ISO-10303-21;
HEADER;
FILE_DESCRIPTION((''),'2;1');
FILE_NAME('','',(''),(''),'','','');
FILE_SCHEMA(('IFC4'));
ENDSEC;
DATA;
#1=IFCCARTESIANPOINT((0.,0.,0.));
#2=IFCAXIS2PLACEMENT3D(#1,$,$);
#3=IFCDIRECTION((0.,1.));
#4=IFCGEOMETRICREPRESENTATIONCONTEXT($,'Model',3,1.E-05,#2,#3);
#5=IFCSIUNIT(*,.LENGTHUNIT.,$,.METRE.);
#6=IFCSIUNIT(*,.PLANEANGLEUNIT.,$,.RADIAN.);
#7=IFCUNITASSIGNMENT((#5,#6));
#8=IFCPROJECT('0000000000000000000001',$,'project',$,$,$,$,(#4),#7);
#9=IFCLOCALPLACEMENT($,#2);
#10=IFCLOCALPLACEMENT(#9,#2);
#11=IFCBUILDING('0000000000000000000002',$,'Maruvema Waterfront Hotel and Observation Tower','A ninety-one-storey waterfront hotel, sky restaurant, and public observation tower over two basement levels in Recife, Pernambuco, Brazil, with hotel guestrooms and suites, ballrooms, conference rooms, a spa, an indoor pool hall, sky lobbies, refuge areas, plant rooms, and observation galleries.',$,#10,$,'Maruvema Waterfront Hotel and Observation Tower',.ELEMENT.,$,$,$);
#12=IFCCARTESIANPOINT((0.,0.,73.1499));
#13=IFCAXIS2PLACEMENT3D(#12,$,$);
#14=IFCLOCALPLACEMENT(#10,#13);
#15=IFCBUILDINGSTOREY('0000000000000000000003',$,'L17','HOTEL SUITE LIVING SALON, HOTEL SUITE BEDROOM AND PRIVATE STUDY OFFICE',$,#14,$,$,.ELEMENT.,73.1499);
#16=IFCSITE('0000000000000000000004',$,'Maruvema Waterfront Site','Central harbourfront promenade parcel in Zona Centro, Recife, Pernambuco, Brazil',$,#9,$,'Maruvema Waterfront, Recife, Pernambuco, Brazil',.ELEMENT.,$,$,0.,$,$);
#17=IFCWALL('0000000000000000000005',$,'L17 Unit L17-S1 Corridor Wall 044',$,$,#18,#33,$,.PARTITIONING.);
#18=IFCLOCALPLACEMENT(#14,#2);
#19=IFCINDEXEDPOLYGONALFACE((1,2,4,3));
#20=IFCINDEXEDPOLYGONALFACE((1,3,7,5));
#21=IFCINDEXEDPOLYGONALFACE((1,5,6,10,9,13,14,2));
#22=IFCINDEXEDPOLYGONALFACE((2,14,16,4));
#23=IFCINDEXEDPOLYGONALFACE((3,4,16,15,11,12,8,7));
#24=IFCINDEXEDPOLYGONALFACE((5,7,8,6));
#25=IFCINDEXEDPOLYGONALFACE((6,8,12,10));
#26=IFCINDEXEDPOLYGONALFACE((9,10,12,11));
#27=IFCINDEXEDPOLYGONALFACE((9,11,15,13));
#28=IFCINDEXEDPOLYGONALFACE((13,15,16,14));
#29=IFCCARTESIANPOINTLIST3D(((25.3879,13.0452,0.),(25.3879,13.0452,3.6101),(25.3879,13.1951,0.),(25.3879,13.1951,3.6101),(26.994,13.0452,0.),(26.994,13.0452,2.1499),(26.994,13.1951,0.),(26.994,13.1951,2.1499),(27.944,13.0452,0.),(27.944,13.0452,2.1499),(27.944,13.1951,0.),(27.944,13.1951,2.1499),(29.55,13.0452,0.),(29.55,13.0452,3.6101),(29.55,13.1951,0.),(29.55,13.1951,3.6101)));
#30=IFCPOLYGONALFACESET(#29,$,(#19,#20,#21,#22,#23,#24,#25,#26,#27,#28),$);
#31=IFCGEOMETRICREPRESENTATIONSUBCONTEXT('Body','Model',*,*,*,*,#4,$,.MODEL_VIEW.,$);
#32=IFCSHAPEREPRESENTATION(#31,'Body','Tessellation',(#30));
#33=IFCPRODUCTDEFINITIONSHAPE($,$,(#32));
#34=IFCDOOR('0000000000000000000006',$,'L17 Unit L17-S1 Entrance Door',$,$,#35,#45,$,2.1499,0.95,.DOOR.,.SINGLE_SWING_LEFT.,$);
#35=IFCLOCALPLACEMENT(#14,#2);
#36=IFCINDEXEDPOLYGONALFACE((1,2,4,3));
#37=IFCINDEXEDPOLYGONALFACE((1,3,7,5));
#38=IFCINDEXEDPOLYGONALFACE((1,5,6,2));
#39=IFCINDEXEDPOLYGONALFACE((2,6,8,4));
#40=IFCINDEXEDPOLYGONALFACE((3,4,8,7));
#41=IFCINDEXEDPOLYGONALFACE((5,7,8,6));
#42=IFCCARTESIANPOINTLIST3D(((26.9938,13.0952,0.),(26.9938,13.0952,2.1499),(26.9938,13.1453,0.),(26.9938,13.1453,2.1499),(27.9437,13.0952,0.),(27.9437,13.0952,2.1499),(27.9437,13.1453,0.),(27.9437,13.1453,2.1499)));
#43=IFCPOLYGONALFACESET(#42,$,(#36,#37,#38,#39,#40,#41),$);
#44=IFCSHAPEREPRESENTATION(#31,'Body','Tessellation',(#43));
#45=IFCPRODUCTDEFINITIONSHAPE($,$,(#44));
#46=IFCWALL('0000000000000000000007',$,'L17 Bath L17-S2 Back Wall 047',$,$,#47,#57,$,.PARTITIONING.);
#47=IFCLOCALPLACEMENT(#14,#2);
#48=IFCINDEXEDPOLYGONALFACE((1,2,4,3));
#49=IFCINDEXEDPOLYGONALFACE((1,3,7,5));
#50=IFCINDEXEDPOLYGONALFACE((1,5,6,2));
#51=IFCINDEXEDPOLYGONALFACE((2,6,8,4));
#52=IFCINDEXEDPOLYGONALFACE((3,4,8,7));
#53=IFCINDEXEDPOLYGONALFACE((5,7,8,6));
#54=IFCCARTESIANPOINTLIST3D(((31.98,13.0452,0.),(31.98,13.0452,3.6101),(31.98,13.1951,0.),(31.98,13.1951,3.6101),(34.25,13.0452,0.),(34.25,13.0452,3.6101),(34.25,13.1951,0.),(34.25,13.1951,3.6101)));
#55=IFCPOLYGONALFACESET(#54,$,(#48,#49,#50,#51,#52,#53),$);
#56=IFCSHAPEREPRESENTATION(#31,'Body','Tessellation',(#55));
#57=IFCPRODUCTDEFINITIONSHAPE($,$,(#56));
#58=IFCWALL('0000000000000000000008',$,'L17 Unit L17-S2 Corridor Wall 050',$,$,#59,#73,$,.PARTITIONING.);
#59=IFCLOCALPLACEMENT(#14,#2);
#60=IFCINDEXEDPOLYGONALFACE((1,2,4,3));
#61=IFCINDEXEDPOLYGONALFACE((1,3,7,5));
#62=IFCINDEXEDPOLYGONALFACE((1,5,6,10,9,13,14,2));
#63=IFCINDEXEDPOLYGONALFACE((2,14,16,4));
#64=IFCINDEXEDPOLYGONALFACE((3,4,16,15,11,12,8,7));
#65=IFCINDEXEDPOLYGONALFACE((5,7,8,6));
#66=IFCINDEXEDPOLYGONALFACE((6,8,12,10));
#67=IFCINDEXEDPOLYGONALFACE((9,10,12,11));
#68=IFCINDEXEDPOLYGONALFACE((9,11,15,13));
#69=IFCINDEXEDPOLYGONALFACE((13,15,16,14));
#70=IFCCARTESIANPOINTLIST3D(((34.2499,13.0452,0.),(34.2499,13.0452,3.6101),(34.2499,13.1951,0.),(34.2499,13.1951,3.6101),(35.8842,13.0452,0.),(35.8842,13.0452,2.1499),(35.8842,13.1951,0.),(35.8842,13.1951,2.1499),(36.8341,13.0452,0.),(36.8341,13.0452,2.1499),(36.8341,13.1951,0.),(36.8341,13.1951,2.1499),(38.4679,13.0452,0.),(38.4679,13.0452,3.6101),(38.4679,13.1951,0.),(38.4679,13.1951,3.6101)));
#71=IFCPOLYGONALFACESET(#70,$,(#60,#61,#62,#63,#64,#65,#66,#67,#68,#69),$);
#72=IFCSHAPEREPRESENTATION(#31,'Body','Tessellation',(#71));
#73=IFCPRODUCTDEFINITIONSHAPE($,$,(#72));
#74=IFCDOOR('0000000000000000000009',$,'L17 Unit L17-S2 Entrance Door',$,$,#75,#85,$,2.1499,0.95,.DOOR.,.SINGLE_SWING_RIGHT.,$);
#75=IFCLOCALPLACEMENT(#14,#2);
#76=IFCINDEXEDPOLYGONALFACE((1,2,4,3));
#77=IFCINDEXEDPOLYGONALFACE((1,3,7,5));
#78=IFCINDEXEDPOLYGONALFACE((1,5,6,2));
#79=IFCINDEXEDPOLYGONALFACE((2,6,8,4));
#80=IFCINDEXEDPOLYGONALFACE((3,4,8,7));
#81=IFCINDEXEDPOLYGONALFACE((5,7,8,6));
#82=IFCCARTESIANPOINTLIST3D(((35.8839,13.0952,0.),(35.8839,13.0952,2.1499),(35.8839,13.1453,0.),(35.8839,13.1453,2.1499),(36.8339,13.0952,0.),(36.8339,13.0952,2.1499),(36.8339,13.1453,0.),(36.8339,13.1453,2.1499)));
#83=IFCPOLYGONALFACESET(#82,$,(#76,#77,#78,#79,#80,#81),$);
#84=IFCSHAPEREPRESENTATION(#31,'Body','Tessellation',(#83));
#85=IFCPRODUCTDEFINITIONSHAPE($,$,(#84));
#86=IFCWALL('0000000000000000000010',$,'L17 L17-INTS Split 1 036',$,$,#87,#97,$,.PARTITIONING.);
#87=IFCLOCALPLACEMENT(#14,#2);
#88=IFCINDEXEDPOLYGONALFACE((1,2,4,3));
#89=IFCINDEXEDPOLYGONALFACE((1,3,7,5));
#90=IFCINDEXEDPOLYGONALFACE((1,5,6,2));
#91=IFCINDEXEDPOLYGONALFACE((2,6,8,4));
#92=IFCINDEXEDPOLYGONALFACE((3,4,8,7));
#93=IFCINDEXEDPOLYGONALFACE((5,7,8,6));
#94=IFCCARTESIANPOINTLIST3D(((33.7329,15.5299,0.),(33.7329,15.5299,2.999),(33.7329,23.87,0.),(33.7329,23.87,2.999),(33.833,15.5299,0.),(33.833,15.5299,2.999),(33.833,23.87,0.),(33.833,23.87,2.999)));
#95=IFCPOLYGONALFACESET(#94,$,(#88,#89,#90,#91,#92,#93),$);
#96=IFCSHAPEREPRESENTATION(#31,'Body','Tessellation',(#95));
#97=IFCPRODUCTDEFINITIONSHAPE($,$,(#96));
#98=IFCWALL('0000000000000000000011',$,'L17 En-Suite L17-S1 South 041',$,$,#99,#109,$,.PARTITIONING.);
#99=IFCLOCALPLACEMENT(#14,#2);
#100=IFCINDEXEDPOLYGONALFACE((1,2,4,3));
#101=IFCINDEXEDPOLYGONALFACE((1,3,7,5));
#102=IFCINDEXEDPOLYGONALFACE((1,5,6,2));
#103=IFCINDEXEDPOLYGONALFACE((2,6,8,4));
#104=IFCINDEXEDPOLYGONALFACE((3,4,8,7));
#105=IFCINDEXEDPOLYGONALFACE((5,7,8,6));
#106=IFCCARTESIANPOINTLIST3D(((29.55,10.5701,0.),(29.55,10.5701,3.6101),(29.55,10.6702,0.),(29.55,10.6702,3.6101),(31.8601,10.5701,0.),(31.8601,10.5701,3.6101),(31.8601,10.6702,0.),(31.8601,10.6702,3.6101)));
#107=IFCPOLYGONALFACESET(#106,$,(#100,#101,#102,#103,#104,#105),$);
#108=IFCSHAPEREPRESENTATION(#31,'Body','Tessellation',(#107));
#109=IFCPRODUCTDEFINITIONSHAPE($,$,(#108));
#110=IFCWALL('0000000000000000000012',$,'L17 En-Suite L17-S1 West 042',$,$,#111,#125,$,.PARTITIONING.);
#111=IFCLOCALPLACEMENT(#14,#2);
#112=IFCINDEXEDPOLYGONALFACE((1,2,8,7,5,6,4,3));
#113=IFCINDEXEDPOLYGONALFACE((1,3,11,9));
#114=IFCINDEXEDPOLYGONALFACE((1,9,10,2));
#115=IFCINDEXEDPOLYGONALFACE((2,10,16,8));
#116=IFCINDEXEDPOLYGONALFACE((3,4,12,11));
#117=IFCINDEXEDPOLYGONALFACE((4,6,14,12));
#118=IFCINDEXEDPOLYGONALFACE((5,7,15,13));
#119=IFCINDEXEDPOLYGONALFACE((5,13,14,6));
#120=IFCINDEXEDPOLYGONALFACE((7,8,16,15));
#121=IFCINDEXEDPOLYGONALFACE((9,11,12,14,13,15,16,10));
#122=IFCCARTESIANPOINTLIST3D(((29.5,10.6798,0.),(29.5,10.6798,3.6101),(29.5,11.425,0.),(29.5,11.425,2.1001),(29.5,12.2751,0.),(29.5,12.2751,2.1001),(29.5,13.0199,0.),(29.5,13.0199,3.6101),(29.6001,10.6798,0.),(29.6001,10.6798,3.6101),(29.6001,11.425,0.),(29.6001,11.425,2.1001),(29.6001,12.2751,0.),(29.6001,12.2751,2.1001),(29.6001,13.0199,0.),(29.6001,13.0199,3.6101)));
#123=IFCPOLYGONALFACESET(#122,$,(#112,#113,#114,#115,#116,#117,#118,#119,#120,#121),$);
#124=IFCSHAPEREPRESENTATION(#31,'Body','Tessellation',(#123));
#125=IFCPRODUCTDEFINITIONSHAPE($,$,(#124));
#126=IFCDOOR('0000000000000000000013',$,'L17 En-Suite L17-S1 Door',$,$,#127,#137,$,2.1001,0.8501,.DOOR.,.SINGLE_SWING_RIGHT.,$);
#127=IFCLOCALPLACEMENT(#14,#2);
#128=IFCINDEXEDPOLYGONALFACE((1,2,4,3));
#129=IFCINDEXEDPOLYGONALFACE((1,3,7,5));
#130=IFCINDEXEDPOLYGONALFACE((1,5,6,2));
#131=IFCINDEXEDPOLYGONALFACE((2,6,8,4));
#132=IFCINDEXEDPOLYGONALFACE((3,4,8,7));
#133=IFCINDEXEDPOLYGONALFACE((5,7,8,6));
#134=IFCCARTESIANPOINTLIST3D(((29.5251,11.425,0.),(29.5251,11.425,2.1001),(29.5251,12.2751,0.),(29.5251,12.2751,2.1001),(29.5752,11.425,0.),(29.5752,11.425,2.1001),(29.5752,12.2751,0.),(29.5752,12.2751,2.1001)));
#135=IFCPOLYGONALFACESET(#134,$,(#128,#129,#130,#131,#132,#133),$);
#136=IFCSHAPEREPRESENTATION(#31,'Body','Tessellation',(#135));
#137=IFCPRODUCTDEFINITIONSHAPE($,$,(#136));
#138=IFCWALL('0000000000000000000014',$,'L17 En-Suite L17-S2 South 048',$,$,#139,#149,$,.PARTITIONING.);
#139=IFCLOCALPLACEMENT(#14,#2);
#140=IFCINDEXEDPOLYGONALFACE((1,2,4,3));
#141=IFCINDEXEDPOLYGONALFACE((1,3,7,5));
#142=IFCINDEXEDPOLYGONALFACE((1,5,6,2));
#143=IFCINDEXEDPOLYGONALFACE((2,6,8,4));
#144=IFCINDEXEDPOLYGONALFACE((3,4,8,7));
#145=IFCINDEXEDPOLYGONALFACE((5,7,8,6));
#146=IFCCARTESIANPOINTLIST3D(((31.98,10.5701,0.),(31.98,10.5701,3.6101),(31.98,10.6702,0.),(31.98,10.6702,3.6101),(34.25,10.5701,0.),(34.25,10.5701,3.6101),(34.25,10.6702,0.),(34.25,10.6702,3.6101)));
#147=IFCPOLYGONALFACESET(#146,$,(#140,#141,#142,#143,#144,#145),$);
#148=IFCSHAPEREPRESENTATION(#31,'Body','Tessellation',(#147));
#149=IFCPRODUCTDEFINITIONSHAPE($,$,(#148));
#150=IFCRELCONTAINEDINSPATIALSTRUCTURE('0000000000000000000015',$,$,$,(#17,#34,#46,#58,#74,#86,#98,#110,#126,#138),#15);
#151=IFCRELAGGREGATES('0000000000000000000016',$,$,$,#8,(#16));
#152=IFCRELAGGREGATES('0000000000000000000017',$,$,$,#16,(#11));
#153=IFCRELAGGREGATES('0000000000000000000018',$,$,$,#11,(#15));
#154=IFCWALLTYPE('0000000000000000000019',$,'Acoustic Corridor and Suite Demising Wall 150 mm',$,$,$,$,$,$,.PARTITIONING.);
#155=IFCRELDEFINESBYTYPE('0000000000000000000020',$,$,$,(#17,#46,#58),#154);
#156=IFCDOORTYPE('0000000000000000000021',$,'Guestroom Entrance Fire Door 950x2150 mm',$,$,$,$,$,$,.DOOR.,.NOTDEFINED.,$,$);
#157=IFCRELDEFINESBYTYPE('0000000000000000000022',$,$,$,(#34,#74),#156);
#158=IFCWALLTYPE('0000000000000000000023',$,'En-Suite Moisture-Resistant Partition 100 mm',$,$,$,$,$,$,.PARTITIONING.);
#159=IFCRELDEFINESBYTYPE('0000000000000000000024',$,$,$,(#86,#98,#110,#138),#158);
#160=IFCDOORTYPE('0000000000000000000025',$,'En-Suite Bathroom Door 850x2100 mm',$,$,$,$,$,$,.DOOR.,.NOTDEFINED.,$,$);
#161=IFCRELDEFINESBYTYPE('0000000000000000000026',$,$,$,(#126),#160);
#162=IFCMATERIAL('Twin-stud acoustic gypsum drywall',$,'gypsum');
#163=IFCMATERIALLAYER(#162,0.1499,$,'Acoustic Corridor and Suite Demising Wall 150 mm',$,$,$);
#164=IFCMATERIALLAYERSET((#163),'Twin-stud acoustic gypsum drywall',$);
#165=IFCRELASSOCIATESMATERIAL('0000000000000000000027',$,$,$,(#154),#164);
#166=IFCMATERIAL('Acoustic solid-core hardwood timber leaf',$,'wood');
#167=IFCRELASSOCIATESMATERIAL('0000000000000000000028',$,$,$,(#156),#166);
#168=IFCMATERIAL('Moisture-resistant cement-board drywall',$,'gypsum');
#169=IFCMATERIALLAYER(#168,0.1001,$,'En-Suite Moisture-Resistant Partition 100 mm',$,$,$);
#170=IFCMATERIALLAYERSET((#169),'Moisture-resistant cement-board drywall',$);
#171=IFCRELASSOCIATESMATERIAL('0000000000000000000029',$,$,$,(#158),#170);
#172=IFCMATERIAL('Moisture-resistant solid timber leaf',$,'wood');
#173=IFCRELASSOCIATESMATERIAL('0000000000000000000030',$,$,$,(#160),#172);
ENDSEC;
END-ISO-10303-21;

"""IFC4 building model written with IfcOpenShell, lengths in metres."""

from ifc_helpers import new_model, si_unit, direction, frame, frame_2d, origin, place, context, subcontext, project, spatial, rectangle, extrude, material, layer, layer_set, type_object, element, fill, save


model = new_model("IFC4")

# Units and contexts
model_context = context("Model", 3, precision=1e-05, world=origin(), true_north=direction((0.0, 1.0)))
body_context = subcontext(model_context, "Body", "Model", "MODEL_VIEW")
ifc_project = project(units=[si_unit("LENGTHUNIT", "METRE"), si_unit("PLANEANGLEUNIT", "RADIAN")], contexts=[model_context])

# Site, building, storey
site_placement = place(None, origin())
site = spatial("IfcSite", under=ifc_project, at=site_placement, Name="Maruvema Waterfront Site", Description="Central harbourfront promenade parcel in Zona Centro, Recife, Pernambuco, Brazil", LongName="Maruvema Waterfront, Recife, Pernambuco, Brazil", CompositionType="ELEMENT", RefElevation=0.0)
building_placement = place(site_placement, origin())
building = spatial("IfcBuilding", under=site, at=building_placement, Name="Maruvema Waterfront Hotel and Observation Tower", Description="A ninety-one-storey waterfront hotel, sky restaurant, and public observation tower over two basement levels in Recife, Pernambuco, Brazil, with hotel guestrooms and suites, ballrooms, conference rooms, a spa, an indoor pool hall, sky lobbies, refuge areas, plant rooms, and observation galleries.", LongName="Maruvema Waterfront Hotel and Observation Tower", CompositionType="ELEMENT")
storey_placement = place(building_placement, frame((0.0, 0.0, 73.1499)))
storey = spatial("IfcBuildingStorey", under=building, at=storey_placement, Name="L17", Description="HOTEL SUITE LIVING SALON, HOTEL SUITE BEDROOM AND PRIVATE STUDY OFFICE", CompositionType="ELEMENT", Elevation=73.1499)

# Shared definitions
ifc_material_1 = material(Name="Twin-stud acoustic gypsum drywall", Category="gypsum")
ifc_layer_1 = layer(ifc_material_1, 0.1499, Name="Acoustic Corridor and Suite Demising Wall 150 mm")
ifc_layer_set_1 = layer_set([ifc_layer_1], Name="Twin-stud acoustic gypsum drywall")
wall_type_1 = type_object("IfcWallType", Name="Acoustic Corridor and Suite Demising Wall 150 mm", PredefinedType="PARTITIONING", material=ifc_layer_set_1)

# Wall, opening, door
wall_1_placement = place(storey_placement, frame((25.3879, 13.1201, 0.0), z_axis=(0.0, 0.0, 1.0), x_axis=(1.0, 0.0, 0.0)))
wall_1 = element("IfcWall", 1, at=wall_1_placement, inside=storey, type_object=wall_type_1, Name="L17 Unit L17-S1 Corridor Wall 044", PredefinedType="PARTITIONING", context=body_context, shape_type="SweptSolid", body=[
    extrude(rectangle(XDim=4.1621, YDim=0.1499, at=frame_2d((2.0811, 0.0))), origin(), (0.0, 0.0, 1.0), 3.6101),
])
opening_1_placement = place(wall_1_placement, frame((1.606, 0.0, 0.0)))
opening_1 = element("IfcOpeningElement", 2, at=opening_1_placement, cuts=wall_1, PredefinedType="OPENING", context=body_context, shape_type="SweptSolid", body=[
    extrude(rectangle(XDim=0.95, YDim=2.1499, at=frame_2d((0.4751, 1.075))), frame((0.0, 0.085, 0.0), z_axis=(0.0, -1.0, 0.0), x_axis=(1.0, 0.0, 0.0)), (0.0, 0.0, 1.0), 0.1699),
])
ifc_material_2 = material(Name="Acoustic solid-core hardwood timber leaf", Category="wood")
door_type_1 = type_object("IfcDoorType", Name="Guestroom Entrance Fire Door 950x2150 mm", OperationType="NOTDEFINED", PredefinedType="DOOR", material=ifc_material_2)
door_1_placement = place(opening_1_placement, frame((0.95, 0.0, 0.0), z_axis=(0.0, 0.0, 1.0), x_axis=(-1.0, 0.0, 0.0)))
door_1 = element("IfcDoor", 3, at=door_1_placement, inside=storey, type_object=door_type_1, Name="L17 Unit L17-S1 Entrance Door", OperationType="SINGLE_SWING_LEFT", OverallHeight=2.1499, OverallWidth=0.95, PredefinedType="DOOR", context=body_context, shape_type="SweptSolid", body=[
    extrude(rectangle(XDim=0.95, YDim=2.1499, at=frame_2d((0.4751, 1.075))), frame((0.0, 0.0249, 0.0), z_axis=(0.0, -1.0, 0.0), x_axis=(1.0, 0.0, 0.0)), (0.0, 0.0, 1.0), 0.05),
])
fill(opening_1, door_1)

# Wall
wall_2_placement = place(storey_placement, frame((31.98, 13.1201, 0.0), z_axis=(0.0, 0.0, 1.0), x_axis=(1.0, 0.0, 0.0)))
element("IfcWall", 4, at=wall_2_placement, inside=storey, type_object=wall_type_1, Name="L17 Bath L17-S2 Back Wall 047", PredefinedType="PARTITIONING", context=body_context, shape_type="SweptSolid", body=[
    extrude(rectangle(XDim=2.27, YDim=0.1499, at=frame_2d((1.135, 0.0))), origin(), (0.0, 0.0, 1.0), 3.6101),
])

# Wall, opening, door
wall_3_placement = place(storey_placement, frame((34.25, 13.1201, 0.0), z_axis=(0.0, 0.0, 1.0), x_axis=(1.0, 0.0, 0.0)))
wall_3 = element("IfcWall", 5, at=wall_3_placement, inside=storey, type_object=wall_type_1, Name="L17 Unit L17-S2 Corridor Wall 050", PredefinedType="PARTITIONING", context=body_context, shape_type="SweptSolid", body=[
    extrude(rectangle(XDim=4.218, YDim=0.1499, at=frame_2d((2.1089, 0.0))), origin(), (0.0, 0.0, 1.0), 3.6101),
])
opening_2_placement = place(wall_3_placement, frame((1.634, 0.0, 0.0)))
opening_2 = element("IfcOpeningElement", 6, at=opening_2_placement, cuts=wall_3, PredefinedType="OPENING", context=body_context, shape_type="SweptSolid", body=[
    extrude(rectangle(XDim=0.95, YDim=2.1499, at=frame_2d((0.4751, 1.075))), frame((0.0, 0.085, 0.0), z_axis=(0.0, -1.0, 0.0), x_axis=(1.0, 0.0, 0.0)), (0.0, 0.0, 1.0), 0.1699),
])
door_2_placement = place(opening_2_placement, frame((0.95, 0.0, 0.0), z_axis=(0.0, 0.0, 1.0), x_axis=(-1.0, 0.0, 0.0)))
door_2 = element("IfcDoor", 7, at=door_2_placement, inside=storey, type_object=door_type_1, Name="L17 Unit L17-S2 Entrance Door", OperationType="SINGLE_SWING_RIGHT", OverallHeight=2.1499, OverallWidth=0.95, PredefinedType="DOOR", context=body_context, shape_type="SweptSolid", body=[
    extrude(rectangle(XDim=0.95, YDim=2.1499, at=frame_2d((0.4751, 1.075))), frame((0.0, 0.0249, 0.0), z_axis=(0.0, -1.0, 0.0), x_axis=(1.0, 0.0, 0.0)), (0.0, 0.0, 1.0), 0.05),
])
fill(opening_2, door_2)

# Walls
ifc_material_3 = material(Name="Moisture-resistant cement-board drywall", Category="gypsum")
ifc_layer_2 = layer(ifc_material_3, 0.1001, Name="En-Suite Moisture-Resistant Partition 100 mm")
ifc_layer_set_2 = layer_set([ifc_layer_2], Name="Moisture-resistant cement-board drywall")
wall_type_2 = type_object("IfcWallType", Name="En-Suite Moisture-Resistant Partition 100 mm", PredefinedType="PARTITIONING", material=ifc_layer_set_2)
wall_4_placement = place(storey_placement, frame((33.783, 15.53, 0.0), z_axis=(0.0, 0.0, 1.0), x_axis=(0.0, 1.0, 0.0)))
element("IfcWall", 8, at=wall_4_placement, inside=storey, type_object=wall_type_2, Name="L17 L17-INTS Split 1 036", PredefinedType="PARTITIONING", context=body_context, shape_type="SweptSolid", body=[
    extrude(rectangle(XDim=8.3401, YDim=0.1001, at=frame_2d((4.1699, 0.0))), origin(), (0.0, 0.0, 1.0), 2.999),
])
wall_5_placement = place(storey_placement, frame((29.55, 10.6201, 0.0), z_axis=(0.0, 0.0, 1.0), x_axis=(1.0, 0.0, 0.0)))
element("IfcWall", 9, at=wall_5_placement, inside=storey, type_object=wall_type_2, Name="L17 En-Suite L17-S1 South 041", PredefinedType="PARTITIONING", context=body_context, shape_type="SweptSolid", body=[
    extrude(rectangle(XDim=2.3101, YDim=0.1001, at=frame_2d((1.155, 0.0))), origin(), (0.0, 0.0, 1.0), 3.6101),
])

# Wall, opening, door
wall_6_placement = place(storey_placement, frame((29.55, 10.6799, 0.0), z_axis=(0.0, 0.0, 1.0), x_axis=(0.0, 1.0, 0.0)))
wall_6 = element("IfcWall", 10, at=wall_6_placement, inside=storey, type_object=wall_type_2, Name="L17 En-Suite L17-S1 West 042", PredefinedType="PARTITIONING", context=body_context, shape_type="SweptSolid", body=[
    extrude(rectangle(XDim=2.3401, YDim=0.1001, at=frame_2d((1.1699, 0.0))), origin(), (0.0, 0.0, 1.0), 3.6101),
])
opening_3_placement = place(wall_6_placement, frame((0.7451, 0.0, 0.0)))
opening_3 = element("IfcOpeningElement", 11, at=opening_3_placement, cuts=wall_6, PredefinedType="OPENING", context=body_context, shape_type="SweptSolid", body=[
    extrude(rectangle(XDim=0.8501, YDim=2.1001, at=frame_2d((0.425, 1.05))), frame((0.0, 0.0601, 0.0), z_axis=(0.0, -1.0, 0.0), x_axis=(1.0, 0.0, 0.0)), (0.0, 0.0, 1.0), 0.1201),
])
ifc_material_4 = material(Name="Moisture-resistant solid timber leaf", Category="wood")
door_type_2 = type_object("IfcDoorType", Name="En-Suite Bathroom Door 850x2100 mm", OperationType="NOTDEFINED", PredefinedType="DOOR", material=ifc_material_4)
door_3_placement = place(opening_3_placement, origin())
door_3 = element("IfcDoor", 12, at=door_3_placement, inside=storey, type_object=door_type_2, Name="L17 En-Suite L17-S1 Door", OperationType="SINGLE_SWING_RIGHT", OverallHeight=2.1001, OverallWidth=0.8501, PredefinedType="DOOR", context=body_context, shape_type="SweptSolid", body=[
    extrude(rectangle(XDim=0.8501, YDim=2.1001, at=frame_2d((0.425, 1.05))), frame((0.0, 0.0249, 0.0), z_axis=(0.0, -1.0, 0.0), x_axis=(1.0, 0.0, 0.0)), (0.0, 0.0, 1.0), 0.05),
])
fill(opening_3, door_3)

# Wall
wall_7_placement = place(storey_placement, frame((31.98, 10.6201, 0.0), z_axis=(0.0, 0.0, 1.0), x_axis=(1.0, 0.0, 0.0)))
element("IfcWall", 13, at=wall_7_placement, inside=storey, type_object=wall_type_2, Name="L17 En-Suite L17-S2 South 048", PredefinedType="PARTITIONING", context=body_context, shape_type="SweptSolid", body=[
    extrude(rectangle(XDim=2.27, YDim=0.1001, at=frame_2d((1.135, 0.0))), origin(), (0.0, 0.0, 1.0), 3.6101),
])

save(model, "model.ifc")
